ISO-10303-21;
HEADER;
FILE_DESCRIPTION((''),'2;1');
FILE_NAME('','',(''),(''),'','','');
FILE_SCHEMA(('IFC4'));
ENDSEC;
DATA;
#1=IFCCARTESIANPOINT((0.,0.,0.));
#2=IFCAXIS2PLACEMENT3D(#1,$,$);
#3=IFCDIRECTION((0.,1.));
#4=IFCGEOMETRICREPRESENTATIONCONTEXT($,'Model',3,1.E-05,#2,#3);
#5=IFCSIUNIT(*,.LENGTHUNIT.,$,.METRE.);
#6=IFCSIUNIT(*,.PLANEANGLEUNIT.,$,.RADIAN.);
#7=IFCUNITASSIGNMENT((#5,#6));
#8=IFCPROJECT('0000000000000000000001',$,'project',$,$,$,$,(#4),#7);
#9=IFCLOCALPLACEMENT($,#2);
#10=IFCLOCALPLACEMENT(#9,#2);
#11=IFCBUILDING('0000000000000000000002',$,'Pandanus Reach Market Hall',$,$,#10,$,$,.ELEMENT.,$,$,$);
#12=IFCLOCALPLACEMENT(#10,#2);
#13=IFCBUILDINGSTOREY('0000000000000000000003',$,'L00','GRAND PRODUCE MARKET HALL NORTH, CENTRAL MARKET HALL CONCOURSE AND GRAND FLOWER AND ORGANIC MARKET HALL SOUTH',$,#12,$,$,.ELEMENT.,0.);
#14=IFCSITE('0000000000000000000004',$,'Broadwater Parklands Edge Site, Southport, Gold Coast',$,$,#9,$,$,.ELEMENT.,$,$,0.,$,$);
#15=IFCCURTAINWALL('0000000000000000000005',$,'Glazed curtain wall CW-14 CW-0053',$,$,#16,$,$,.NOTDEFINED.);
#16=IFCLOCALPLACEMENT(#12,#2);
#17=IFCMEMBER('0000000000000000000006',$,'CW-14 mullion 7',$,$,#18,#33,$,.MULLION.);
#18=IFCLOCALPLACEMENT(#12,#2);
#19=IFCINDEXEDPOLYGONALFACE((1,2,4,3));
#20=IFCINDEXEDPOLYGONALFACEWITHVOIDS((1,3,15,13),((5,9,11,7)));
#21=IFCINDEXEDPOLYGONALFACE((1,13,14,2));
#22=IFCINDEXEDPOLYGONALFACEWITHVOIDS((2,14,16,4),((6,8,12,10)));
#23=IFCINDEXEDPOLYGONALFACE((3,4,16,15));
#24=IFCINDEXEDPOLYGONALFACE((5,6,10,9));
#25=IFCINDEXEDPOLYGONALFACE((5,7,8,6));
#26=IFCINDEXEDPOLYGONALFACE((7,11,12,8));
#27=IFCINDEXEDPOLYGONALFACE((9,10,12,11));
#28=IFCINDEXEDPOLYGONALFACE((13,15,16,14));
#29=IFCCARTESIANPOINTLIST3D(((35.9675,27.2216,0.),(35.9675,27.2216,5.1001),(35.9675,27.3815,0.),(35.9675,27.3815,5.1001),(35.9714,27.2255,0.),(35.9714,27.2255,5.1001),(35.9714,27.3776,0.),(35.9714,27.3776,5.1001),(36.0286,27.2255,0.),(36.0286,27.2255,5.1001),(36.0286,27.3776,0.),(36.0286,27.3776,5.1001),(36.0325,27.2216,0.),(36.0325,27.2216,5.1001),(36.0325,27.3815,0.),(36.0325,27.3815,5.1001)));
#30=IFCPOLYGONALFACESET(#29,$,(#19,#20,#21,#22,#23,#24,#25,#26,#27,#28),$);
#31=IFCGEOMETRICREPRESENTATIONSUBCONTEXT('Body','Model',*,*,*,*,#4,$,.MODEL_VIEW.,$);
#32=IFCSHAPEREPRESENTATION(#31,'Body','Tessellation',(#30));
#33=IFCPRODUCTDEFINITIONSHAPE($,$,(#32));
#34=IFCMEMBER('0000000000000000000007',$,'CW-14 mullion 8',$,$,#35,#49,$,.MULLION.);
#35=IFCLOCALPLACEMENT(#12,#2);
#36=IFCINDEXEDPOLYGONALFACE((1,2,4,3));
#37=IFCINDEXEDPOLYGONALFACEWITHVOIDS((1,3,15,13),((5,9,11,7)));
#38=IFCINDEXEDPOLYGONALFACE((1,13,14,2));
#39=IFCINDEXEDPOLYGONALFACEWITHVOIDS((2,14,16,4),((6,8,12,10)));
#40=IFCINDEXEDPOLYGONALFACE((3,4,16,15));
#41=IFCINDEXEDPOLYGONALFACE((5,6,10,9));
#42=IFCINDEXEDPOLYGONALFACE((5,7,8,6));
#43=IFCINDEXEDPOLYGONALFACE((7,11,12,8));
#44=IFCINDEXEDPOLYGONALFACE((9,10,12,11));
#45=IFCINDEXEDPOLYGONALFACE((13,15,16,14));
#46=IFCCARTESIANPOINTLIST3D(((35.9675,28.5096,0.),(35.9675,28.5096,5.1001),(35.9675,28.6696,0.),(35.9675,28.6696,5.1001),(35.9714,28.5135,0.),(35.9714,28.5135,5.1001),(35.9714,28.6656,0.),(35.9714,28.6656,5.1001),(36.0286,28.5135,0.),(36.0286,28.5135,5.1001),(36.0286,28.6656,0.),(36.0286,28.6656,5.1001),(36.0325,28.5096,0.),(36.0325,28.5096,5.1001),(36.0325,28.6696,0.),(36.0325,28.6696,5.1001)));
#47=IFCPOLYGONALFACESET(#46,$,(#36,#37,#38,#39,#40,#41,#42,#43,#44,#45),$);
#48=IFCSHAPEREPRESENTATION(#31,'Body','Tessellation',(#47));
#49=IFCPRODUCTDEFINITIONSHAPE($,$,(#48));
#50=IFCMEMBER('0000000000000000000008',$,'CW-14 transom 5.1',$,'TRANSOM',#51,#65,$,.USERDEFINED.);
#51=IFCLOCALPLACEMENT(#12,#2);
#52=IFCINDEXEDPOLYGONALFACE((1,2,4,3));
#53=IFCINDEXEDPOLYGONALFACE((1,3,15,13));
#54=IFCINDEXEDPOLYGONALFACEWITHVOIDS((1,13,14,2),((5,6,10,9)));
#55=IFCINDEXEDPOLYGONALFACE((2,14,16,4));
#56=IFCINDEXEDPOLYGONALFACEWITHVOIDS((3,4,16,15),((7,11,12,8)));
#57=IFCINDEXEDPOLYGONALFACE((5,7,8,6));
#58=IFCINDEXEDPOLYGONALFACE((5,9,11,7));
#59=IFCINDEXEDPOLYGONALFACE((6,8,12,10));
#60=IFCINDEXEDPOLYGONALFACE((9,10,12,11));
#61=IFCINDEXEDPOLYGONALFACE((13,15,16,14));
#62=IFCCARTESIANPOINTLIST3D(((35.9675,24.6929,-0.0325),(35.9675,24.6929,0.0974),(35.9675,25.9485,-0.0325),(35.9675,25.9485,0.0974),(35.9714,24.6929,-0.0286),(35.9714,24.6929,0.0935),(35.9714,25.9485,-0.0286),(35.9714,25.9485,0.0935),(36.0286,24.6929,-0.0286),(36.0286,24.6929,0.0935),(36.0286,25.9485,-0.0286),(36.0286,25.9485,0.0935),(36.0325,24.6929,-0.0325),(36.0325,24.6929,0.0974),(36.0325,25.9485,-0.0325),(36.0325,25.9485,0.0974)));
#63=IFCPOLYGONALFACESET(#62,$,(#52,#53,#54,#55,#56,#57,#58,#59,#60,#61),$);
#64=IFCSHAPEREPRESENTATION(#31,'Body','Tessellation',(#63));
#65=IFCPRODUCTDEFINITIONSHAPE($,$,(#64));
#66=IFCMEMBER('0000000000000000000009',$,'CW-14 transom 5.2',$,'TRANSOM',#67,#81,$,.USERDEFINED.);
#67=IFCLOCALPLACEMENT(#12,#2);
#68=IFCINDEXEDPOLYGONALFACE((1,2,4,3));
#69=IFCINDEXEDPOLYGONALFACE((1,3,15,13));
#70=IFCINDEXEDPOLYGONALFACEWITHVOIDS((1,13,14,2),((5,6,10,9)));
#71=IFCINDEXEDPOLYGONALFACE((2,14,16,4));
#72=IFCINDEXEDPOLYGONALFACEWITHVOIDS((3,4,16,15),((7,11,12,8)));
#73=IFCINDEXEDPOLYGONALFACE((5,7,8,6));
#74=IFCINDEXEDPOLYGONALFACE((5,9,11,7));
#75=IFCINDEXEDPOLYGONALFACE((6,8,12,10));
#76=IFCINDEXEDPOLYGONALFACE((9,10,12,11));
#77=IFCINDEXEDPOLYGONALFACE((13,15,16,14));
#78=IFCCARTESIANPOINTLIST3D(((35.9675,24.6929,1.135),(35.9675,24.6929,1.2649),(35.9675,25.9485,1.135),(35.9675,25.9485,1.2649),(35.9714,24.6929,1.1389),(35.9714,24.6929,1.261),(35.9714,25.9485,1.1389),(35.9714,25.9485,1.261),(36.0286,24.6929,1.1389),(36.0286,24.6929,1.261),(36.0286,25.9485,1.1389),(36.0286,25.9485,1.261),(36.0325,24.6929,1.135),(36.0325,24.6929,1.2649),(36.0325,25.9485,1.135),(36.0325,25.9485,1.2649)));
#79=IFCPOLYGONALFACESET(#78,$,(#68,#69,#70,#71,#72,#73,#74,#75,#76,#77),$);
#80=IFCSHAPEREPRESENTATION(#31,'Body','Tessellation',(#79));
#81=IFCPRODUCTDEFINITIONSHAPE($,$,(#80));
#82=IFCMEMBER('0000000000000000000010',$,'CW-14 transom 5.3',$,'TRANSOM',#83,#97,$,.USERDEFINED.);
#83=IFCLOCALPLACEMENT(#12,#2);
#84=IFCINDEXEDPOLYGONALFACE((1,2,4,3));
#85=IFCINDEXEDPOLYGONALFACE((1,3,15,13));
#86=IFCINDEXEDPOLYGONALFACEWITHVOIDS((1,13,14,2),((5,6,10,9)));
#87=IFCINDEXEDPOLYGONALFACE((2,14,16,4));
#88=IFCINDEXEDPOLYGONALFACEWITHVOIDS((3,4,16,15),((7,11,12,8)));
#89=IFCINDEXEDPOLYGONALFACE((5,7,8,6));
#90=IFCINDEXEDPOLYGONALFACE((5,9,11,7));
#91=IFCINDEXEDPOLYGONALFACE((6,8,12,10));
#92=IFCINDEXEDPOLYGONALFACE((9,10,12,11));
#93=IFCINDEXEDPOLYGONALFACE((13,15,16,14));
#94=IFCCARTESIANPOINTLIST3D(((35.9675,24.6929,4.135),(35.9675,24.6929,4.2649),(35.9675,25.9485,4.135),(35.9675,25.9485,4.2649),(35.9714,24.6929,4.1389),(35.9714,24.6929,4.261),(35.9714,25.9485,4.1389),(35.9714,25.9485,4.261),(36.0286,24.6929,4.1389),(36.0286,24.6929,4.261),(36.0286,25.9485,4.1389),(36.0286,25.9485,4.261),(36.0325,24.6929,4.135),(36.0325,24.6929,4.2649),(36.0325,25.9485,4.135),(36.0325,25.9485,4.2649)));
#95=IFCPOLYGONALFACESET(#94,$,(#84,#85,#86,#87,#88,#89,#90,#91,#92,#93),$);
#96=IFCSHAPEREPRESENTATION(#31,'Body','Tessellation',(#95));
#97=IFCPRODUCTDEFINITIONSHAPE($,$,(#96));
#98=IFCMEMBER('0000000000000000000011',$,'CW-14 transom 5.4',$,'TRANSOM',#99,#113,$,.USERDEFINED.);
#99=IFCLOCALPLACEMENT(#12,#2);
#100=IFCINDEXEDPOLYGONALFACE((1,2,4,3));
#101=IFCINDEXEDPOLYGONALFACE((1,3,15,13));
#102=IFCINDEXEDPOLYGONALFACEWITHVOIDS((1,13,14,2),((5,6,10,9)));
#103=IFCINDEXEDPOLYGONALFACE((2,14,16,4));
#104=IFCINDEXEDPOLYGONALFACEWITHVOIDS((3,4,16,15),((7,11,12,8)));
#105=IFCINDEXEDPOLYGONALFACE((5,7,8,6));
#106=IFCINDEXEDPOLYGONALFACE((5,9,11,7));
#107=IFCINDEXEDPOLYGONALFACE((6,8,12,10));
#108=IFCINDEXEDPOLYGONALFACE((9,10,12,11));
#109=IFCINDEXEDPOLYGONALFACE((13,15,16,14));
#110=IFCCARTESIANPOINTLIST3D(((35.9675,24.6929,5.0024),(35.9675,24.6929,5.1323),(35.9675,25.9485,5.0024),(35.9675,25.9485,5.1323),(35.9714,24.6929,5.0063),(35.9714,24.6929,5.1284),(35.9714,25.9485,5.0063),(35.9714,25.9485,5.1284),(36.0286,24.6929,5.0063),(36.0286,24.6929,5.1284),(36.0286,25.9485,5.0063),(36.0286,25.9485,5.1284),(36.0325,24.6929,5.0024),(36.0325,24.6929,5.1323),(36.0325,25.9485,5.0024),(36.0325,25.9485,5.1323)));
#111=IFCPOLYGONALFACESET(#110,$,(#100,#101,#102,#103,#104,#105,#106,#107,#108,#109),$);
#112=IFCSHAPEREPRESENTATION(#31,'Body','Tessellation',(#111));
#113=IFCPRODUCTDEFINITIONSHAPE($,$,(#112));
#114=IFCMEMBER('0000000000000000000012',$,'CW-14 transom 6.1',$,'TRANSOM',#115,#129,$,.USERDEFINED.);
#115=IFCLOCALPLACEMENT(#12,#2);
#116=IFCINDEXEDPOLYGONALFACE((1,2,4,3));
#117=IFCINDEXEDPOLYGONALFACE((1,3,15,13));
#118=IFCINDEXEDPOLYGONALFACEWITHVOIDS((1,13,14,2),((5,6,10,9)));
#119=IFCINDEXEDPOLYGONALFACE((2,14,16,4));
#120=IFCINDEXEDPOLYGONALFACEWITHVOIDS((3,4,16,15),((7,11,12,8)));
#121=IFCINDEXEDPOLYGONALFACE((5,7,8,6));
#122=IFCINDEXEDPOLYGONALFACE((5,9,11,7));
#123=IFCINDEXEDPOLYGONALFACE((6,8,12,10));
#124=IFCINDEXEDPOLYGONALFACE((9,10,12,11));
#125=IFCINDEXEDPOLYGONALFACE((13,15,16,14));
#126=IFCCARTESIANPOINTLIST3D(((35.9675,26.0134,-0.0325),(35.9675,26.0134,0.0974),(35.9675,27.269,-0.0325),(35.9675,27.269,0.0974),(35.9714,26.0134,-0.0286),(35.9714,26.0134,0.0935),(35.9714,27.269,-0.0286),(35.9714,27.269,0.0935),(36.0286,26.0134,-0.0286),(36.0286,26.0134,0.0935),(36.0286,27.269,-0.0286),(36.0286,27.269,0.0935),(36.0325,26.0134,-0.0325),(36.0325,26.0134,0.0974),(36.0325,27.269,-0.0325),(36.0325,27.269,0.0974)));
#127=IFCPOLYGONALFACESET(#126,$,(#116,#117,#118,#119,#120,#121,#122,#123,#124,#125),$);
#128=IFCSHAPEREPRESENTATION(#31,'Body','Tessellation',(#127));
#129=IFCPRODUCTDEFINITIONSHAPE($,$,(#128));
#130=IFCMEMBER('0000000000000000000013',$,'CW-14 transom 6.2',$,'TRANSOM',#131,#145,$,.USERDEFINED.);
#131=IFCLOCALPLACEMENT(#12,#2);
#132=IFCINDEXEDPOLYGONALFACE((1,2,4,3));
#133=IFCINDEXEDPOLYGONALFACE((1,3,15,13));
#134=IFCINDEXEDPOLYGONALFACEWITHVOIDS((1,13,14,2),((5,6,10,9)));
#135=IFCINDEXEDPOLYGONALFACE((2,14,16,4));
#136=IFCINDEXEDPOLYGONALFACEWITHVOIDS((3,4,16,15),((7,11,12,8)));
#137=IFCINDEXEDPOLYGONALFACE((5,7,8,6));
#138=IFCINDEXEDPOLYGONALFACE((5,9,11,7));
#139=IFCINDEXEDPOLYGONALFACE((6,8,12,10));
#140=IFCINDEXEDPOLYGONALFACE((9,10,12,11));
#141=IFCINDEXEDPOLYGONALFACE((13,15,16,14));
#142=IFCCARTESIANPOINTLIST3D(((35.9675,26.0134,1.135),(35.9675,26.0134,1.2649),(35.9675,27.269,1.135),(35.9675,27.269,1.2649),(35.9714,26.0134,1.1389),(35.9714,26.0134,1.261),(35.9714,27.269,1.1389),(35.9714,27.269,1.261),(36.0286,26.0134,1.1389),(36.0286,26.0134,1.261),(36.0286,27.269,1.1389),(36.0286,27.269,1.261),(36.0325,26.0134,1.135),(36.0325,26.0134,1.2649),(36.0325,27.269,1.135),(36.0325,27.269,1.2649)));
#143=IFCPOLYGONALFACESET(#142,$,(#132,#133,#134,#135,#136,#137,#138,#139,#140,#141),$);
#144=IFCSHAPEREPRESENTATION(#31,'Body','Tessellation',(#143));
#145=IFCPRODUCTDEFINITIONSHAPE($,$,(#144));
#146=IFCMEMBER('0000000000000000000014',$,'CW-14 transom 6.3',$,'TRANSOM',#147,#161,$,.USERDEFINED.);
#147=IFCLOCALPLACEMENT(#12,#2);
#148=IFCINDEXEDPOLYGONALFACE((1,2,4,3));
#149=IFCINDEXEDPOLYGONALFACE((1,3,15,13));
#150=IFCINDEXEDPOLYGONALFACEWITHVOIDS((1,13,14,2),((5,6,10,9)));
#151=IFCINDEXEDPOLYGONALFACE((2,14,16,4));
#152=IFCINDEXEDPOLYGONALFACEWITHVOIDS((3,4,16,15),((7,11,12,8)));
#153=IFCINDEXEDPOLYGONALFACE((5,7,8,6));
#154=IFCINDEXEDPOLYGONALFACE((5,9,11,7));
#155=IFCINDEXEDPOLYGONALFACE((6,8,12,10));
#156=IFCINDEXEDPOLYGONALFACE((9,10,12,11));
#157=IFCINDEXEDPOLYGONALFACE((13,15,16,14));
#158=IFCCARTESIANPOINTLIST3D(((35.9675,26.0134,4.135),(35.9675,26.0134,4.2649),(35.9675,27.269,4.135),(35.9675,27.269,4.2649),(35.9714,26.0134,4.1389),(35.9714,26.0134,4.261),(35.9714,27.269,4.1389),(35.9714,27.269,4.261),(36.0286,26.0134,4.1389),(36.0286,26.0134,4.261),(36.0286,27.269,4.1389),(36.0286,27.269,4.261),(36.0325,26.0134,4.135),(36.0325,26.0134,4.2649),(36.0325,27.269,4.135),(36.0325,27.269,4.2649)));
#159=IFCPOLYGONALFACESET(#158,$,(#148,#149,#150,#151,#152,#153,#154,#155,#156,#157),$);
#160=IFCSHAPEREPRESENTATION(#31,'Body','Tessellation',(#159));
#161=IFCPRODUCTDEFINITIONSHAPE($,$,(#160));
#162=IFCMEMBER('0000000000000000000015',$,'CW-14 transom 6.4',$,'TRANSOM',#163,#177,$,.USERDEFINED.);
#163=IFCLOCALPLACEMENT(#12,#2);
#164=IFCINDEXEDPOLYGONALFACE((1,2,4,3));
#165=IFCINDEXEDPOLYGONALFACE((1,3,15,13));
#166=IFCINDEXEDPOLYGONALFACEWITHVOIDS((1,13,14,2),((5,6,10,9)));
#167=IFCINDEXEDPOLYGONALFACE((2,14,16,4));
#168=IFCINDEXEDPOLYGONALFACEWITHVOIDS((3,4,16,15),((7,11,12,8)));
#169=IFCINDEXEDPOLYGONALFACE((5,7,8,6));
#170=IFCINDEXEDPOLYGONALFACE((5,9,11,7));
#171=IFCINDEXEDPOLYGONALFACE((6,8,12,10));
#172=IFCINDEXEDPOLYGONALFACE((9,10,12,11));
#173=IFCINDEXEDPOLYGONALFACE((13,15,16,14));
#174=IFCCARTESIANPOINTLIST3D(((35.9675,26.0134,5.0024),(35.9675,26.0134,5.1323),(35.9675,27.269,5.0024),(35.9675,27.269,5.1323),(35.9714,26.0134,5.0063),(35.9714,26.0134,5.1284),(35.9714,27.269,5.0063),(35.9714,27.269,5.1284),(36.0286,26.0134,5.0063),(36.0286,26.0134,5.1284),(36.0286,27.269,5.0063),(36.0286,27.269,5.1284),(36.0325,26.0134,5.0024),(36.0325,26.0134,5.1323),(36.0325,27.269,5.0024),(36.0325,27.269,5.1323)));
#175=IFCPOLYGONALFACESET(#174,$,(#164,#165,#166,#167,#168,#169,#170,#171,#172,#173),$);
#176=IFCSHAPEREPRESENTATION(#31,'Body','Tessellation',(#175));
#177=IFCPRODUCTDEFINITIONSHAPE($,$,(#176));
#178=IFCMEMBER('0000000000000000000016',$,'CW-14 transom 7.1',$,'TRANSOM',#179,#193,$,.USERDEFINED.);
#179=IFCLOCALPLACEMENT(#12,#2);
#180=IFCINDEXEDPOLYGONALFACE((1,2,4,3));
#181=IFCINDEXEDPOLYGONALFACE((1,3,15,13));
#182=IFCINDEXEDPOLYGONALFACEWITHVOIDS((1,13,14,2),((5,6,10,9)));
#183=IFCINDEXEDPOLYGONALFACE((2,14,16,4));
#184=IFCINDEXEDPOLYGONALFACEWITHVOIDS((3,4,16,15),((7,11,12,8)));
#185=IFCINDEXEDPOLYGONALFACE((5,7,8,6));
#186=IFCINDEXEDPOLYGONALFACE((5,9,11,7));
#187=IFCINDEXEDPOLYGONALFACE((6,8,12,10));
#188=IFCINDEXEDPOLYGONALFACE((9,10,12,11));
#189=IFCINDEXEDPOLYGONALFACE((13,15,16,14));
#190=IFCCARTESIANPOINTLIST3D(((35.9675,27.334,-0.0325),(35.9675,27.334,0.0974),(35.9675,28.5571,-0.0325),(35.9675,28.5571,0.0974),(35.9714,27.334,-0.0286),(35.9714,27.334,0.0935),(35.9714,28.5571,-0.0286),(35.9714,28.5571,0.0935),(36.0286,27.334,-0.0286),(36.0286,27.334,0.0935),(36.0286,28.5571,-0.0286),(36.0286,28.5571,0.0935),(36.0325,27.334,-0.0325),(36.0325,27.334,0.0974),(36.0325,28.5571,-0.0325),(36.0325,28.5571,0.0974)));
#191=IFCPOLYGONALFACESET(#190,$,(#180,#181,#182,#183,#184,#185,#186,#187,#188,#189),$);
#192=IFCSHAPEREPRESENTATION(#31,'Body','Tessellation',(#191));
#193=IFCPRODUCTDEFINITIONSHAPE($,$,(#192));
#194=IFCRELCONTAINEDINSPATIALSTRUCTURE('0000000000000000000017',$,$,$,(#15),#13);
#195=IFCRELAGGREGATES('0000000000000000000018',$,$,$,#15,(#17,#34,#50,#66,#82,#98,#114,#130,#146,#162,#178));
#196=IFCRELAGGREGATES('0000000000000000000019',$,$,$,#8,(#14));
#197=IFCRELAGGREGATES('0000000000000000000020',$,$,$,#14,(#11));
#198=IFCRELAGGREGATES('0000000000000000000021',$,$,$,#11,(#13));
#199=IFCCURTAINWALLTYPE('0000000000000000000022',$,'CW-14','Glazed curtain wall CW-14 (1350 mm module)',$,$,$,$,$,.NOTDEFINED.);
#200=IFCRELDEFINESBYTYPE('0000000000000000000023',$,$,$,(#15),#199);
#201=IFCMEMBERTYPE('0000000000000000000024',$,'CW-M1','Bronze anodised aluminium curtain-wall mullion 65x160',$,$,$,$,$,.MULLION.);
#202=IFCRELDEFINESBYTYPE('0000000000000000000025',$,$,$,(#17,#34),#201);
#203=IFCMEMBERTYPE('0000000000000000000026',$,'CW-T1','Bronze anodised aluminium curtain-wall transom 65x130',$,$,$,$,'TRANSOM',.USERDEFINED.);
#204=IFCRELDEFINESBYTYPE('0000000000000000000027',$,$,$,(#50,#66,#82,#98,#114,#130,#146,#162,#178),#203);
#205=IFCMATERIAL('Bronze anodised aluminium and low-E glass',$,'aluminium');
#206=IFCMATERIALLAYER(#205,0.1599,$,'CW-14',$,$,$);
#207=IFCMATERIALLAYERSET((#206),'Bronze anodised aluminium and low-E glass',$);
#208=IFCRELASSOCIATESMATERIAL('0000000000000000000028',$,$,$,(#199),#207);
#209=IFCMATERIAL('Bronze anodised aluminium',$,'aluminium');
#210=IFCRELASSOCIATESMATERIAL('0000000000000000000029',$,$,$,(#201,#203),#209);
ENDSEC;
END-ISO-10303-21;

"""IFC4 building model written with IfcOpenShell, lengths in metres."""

from ifc_helpers import new_model, si_unit, direction, frame, origin, origin_2d, place, context, subcontext, project, spatial, hollow_rectangle, extrude, material, layer, layer_set, material_profile, profile_set, type_object, element, aggregate, save


model = new_model("IFC4")

# Units and contexts
model_context = context("Model", 3, precision=1e-05, world=origin(), true_north=direction((0.0, 1.0)))
body_context = subcontext(model_context, "Body", "Model", "MODEL_VIEW")
ifc_project = project(units=[si_unit("LENGTHUNIT", "METRE"), si_unit("PLANEANGLEUNIT", "RADIAN")], contexts=[model_context])

# Site, building, storey
site_placement = place(None, origin())
site = spatial("IfcSite", under=ifc_project, at=site_placement, Name="Broadwater Parklands Edge Site, Southport, Gold Coast", CompositionType="ELEMENT", RefElevation=0.0)
building_placement = place(site_placement, origin())
building = spatial("IfcBuilding", under=site, at=building_placement, Name="Pandanus Reach Market Hall", CompositionType="ELEMENT")
storey_placement = place(building_placement, origin())
storey = spatial("IfcBuildingStorey", under=building, at=storey_placement, Name="L00", Description="GRAND PRODUCE MARKET HALL NORTH, CENTRAL MARKET HALL CONCOURSE AND GRAND FLOWER AND ORGANIC MARKET HALL SOUTH", CompositionType="ELEMENT", Elevation=0.0)

# Curtain wall, members
ifc_material_1 = material(Name="Bronze anodised aluminium and low-E glass", Category="aluminium")
ifc_layer_1 = layer(ifc_material_1, 0.1599, Name="CW-14")
ifc_layer_set_1 = layer_set([ifc_layer_1], Name="Bronze anodised aluminium and low-E glass")
curtain_wall_type = type_object("IfcCurtainWallType", Name="CW-14", Description="Glazed curtain wall CW-14 (1350 mm module)", PredefinedType="NOTDEFINED", material=ifc_layer_set_1)
curtain_wall_placement = place(storey_placement, origin())
curtain_wall = element("IfcCurtainWall", 1, at=curtain_wall_placement, inside=storey, type_object=curtain_wall_type, Name="Glazed curtain wall CW-14 CW-0053", PredefinedType="NOTDEFINED")
ifc_material_2 = material(Name="Bronze anodised aluminium", Category="aluminium")
ifc_material_profile_1 = material_profile(ifc_material_2, hollow_rectangle(XDim=0.0649, YDim=0.1599, WallThickness=0.0039, at=origin_2d()), Name="ALU65x160", Category="LoadBearing")
ifc_profile_set_1 = profile_set([ifc_material_profile_1], Name="Bronze anodised aluminium")
member_type_1 = type_object("IfcMemberType", Name="CW-M1", Description="Bronze anodised aluminium curtain-wall mullion 65x160", PredefinedType="MULLION", material=ifc_profile_set_1)
member_1_placement = place(storey_placement, frame((36.0, 27.3015, 0.0), z_axis=(0.0, 0.0, 1.0), x_axis=(-1.0, 0.0, 0.0)))
member_1 = element("IfcMember", 2, at=member_1_placement, type_object=member_type_1, Name="CW-14 mullion 7", PredefinedType="MULLION", context=body_context, shape_type="SweptSolid", body=[
    extrude(hollow_rectangle(XDim=0.0649, YDim=0.1599, WallThickness=0.0039, at=origin_2d()), origin(), (0.0, 0.0, 1.0), 5.1001),
])
member_2_placement = place(storey_placement, frame((36.0, 28.5896, 0.0), z_axis=(0.0, 0.0, 1.0), x_axis=(-1.0, 0.0, 0.0)))
member_2 = element("IfcMember", 3, at=member_2_placement, type_object=member_type_1, Name="CW-14 mullion 8", PredefinedType="MULLION", context=body_context, shape_type="SweptSolid", body=[
    extrude(hollow_rectangle(XDim=0.0649, YDim=0.1599, WallThickness=0.0039, at=origin_2d()), origin(), (0.0, 0.0, 1.0), 5.1001),
])
ifc_material_profile_2 = material_profile(ifc_material_2, hollow_rectangle(XDim=0.0649, YDim=0.1299, WallThickness=0.0039, at=origin_2d()), Name="ALU65x130", Category="LoadBearing")
ifc_profile_set_2 = profile_set([ifc_material_profile_2], Name="Bronze anodised aluminium")
member_type_2 = type_object("IfcMemberType", Name="CW-T1", Description="Bronze anodised aluminium curtain-wall transom 65x130", ElementType="TRANSOM", PredefinedType="USERDEFINED", material=ifc_profile_set_2)
member_3_placement = place(storey_placement, frame((36.0, 24.6929, 0.0325), z_axis=(0.0, 1.0, 0.0), x_axis=(-1.0, 0.0, 0.0)))
member_3 = element("IfcMember", 4, at=member_3_placement, type_object=member_type_2, Name="CW-14 transom 5.1", ObjectType="TRANSOM", PredefinedType="USERDEFINED", context=body_context, shape_type="SweptSolid", body=[
    extrude(hollow_rectangle(XDim=0.0649, YDim=0.1299, WallThickness=0.0039, at=origin_2d()), origin(), (0.0, 0.0, 1.0), 1.2556),
])
member_4_placement = place(storey_placement, frame((36.0, 24.6929, 1.2), z_axis=(0.0, 1.0, 0.0), x_axis=(-1.0, 0.0, 0.0)))
member_4 = element("IfcMember", 5, at=member_4_placement, type_object=member_type_2, Name="CW-14 transom 5.2", ObjectType="TRANSOM", PredefinedType="USERDEFINED", context=body_context, shape_type="SweptSolid", body=[
    extrude(hollow_rectangle(XDim=0.0649, YDim=0.1299, WallThickness=0.0039, at=origin_2d()), origin(), (0.0, 0.0, 1.0), 1.2556),
])
member_5_placement = place(storey_placement, frame((36.0, 24.6929, 4.2), z_axis=(0.0, 1.0, 0.0), x_axis=(-1.0, 0.0, 0.0)))
member_5 = element("IfcMember", 6, at=member_5_placement, type_object=member_type_2, Name="CW-14 transom 5.3", ObjectType="TRANSOM", PredefinedType="USERDEFINED", context=body_context, shape_type="SweptSolid", body=[
    extrude(hollow_rectangle(XDim=0.0649, YDim=0.1299, WallThickness=0.0039, at=origin_2d()), origin(), (0.0, 0.0, 1.0), 1.2556),
])
member_6_placement = place(storey_placement, frame((36.0, 24.6929, 5.0674), z_axis=(0.0, 1.0, 0.0), x_axis=(-1.0, 0.0, 0.0)))
member_6 = element("IfcMember", 7, at=member_6_placement, type_object=member_type_2, Name="CW-14 transom 5.4", ObjectType="TRANSOM", PredefinedType="USERDEFINED", context=body_context, shape_type="SweptSolid", body=[
    extrude(hollow_rectangle(XDim=0.0649, YDim=0.1299, WallThickness=0.0039, at=origin_2d()), origin(), (0.0, 0.0, 1.0), 1.2556),
])
member_7_placement = place(storey_placement, frame((36.0, 26.0134, 0.0325), z_axis=(0.0, 1.0, 0.0), x_axis=(-1.0, 0.0, 0.0)))
member_7 = element("IfcMember", 8, at=member_7_placement, type_object=member_type_2, Name="CW-14 transom 6.1", ObjectType="TRANSOM", PredefinedType="USERDEFINED", context=body_context, shape_type="SweptSolid", body=[
    extrude(hollow_rectangle(XDim=0.0649, YDim=0.1299, WallThickness=0.0039, at=origin_2d()), origin(), (0.0, 0.0, 1.0), 1.2556),
])
member_8_placement = place(storey_placement, frame((36.0, 26.0134, 1.2), z_axis=(0.0, 1.0, 0.0), x_axis=(-1.0, 0.0, 0.0)))
member_8 = element("IfcMember", 9, at=member_8_placement, type_object=member_type_2, Name="CW-14 transom 6.2", ObjectType="TRANSOM", PredefinedType="USERDEFINED", context=body_context, shape_type="SweptSolid", body=[
    extrude(hollow_rectangle(XDim=0.0649, YDim=0.1299, WallThickness=0.0039, at=origin_2d()), origin(), (0.0, 0.0, 1.0), 1.2556),
])
member_9_placement = place(storey_placement, frame((36.0, 26.0134, 4.2), z_axis=(0.0, 1.0, 0.0), x_axis=(-1.0, 0.0, 0.0)))
member_9 = element("IfcMember", 10, at=member_9_placement, type_object=member_type_2, Name="CW-14 transom 6.3", ObjectType="TRANSOM", PredefinedType="USERDEFINED", context=body_context, shape_type="SweptSolid", body=[
    extrude(hollow_rectangle(XDim=0.0649, YDim=0.1299, WallThickness=0.0039, at=origin_2d()), origin(), (0.0, 0.0, 1.0), 1.2556),
])
member_10_placement = place(storey_placement, frame((36.0, 26.0134, 5.0674), z_axis=(0.0, 1.0, 0.0), x_axis=(-1.0, 0.0, 0.0)))
member_10 = element("IfcMember", 11, at=member_10_placement, type_object=member_type_2, Name="CW-14 transom 6.4", ObjectType="TRANSOM", PredefinedType="USERDEFINED", context=body_context, shape_type="SweptSolid", body=[
    extrude(hollow_rectangle(XDim=0.0649, YDim=0.1299, WallThickness=0.0039, at=origin_2d()), origin(), (0.0, 0.0, 1.0), 1.2556),
])
member_11_placement = place(storey_placement, frame((36.0, 27.334, 0.0325), z_axis=(0.0, 1.0, 0.0), x_axis=(-1.0, 0.0, 0.0)))
member_11 = element("IfcMember", 12, at=member_11_placement, type_object=member_type_2, Name="CW-14 transom 7.1", ObjectType="TRANSOM", PredefinedType="USERDEFINED", context=body_context, shape_type="SweptSolid", body=[
    extrude(hollow_rectangle(XDim=0.0649, YDim=0.1299, WallThickness=0.0039, at=origin_2d()), origin(), (0.0, 0.0, 1.0), 1.2231),
])

aggregate(curtain_wall, [member_1, member_2, member_3, member_4, member_5, member_6, member_7, member_8, member_9, member_10, member_11])

save(model, "model.ifc")
